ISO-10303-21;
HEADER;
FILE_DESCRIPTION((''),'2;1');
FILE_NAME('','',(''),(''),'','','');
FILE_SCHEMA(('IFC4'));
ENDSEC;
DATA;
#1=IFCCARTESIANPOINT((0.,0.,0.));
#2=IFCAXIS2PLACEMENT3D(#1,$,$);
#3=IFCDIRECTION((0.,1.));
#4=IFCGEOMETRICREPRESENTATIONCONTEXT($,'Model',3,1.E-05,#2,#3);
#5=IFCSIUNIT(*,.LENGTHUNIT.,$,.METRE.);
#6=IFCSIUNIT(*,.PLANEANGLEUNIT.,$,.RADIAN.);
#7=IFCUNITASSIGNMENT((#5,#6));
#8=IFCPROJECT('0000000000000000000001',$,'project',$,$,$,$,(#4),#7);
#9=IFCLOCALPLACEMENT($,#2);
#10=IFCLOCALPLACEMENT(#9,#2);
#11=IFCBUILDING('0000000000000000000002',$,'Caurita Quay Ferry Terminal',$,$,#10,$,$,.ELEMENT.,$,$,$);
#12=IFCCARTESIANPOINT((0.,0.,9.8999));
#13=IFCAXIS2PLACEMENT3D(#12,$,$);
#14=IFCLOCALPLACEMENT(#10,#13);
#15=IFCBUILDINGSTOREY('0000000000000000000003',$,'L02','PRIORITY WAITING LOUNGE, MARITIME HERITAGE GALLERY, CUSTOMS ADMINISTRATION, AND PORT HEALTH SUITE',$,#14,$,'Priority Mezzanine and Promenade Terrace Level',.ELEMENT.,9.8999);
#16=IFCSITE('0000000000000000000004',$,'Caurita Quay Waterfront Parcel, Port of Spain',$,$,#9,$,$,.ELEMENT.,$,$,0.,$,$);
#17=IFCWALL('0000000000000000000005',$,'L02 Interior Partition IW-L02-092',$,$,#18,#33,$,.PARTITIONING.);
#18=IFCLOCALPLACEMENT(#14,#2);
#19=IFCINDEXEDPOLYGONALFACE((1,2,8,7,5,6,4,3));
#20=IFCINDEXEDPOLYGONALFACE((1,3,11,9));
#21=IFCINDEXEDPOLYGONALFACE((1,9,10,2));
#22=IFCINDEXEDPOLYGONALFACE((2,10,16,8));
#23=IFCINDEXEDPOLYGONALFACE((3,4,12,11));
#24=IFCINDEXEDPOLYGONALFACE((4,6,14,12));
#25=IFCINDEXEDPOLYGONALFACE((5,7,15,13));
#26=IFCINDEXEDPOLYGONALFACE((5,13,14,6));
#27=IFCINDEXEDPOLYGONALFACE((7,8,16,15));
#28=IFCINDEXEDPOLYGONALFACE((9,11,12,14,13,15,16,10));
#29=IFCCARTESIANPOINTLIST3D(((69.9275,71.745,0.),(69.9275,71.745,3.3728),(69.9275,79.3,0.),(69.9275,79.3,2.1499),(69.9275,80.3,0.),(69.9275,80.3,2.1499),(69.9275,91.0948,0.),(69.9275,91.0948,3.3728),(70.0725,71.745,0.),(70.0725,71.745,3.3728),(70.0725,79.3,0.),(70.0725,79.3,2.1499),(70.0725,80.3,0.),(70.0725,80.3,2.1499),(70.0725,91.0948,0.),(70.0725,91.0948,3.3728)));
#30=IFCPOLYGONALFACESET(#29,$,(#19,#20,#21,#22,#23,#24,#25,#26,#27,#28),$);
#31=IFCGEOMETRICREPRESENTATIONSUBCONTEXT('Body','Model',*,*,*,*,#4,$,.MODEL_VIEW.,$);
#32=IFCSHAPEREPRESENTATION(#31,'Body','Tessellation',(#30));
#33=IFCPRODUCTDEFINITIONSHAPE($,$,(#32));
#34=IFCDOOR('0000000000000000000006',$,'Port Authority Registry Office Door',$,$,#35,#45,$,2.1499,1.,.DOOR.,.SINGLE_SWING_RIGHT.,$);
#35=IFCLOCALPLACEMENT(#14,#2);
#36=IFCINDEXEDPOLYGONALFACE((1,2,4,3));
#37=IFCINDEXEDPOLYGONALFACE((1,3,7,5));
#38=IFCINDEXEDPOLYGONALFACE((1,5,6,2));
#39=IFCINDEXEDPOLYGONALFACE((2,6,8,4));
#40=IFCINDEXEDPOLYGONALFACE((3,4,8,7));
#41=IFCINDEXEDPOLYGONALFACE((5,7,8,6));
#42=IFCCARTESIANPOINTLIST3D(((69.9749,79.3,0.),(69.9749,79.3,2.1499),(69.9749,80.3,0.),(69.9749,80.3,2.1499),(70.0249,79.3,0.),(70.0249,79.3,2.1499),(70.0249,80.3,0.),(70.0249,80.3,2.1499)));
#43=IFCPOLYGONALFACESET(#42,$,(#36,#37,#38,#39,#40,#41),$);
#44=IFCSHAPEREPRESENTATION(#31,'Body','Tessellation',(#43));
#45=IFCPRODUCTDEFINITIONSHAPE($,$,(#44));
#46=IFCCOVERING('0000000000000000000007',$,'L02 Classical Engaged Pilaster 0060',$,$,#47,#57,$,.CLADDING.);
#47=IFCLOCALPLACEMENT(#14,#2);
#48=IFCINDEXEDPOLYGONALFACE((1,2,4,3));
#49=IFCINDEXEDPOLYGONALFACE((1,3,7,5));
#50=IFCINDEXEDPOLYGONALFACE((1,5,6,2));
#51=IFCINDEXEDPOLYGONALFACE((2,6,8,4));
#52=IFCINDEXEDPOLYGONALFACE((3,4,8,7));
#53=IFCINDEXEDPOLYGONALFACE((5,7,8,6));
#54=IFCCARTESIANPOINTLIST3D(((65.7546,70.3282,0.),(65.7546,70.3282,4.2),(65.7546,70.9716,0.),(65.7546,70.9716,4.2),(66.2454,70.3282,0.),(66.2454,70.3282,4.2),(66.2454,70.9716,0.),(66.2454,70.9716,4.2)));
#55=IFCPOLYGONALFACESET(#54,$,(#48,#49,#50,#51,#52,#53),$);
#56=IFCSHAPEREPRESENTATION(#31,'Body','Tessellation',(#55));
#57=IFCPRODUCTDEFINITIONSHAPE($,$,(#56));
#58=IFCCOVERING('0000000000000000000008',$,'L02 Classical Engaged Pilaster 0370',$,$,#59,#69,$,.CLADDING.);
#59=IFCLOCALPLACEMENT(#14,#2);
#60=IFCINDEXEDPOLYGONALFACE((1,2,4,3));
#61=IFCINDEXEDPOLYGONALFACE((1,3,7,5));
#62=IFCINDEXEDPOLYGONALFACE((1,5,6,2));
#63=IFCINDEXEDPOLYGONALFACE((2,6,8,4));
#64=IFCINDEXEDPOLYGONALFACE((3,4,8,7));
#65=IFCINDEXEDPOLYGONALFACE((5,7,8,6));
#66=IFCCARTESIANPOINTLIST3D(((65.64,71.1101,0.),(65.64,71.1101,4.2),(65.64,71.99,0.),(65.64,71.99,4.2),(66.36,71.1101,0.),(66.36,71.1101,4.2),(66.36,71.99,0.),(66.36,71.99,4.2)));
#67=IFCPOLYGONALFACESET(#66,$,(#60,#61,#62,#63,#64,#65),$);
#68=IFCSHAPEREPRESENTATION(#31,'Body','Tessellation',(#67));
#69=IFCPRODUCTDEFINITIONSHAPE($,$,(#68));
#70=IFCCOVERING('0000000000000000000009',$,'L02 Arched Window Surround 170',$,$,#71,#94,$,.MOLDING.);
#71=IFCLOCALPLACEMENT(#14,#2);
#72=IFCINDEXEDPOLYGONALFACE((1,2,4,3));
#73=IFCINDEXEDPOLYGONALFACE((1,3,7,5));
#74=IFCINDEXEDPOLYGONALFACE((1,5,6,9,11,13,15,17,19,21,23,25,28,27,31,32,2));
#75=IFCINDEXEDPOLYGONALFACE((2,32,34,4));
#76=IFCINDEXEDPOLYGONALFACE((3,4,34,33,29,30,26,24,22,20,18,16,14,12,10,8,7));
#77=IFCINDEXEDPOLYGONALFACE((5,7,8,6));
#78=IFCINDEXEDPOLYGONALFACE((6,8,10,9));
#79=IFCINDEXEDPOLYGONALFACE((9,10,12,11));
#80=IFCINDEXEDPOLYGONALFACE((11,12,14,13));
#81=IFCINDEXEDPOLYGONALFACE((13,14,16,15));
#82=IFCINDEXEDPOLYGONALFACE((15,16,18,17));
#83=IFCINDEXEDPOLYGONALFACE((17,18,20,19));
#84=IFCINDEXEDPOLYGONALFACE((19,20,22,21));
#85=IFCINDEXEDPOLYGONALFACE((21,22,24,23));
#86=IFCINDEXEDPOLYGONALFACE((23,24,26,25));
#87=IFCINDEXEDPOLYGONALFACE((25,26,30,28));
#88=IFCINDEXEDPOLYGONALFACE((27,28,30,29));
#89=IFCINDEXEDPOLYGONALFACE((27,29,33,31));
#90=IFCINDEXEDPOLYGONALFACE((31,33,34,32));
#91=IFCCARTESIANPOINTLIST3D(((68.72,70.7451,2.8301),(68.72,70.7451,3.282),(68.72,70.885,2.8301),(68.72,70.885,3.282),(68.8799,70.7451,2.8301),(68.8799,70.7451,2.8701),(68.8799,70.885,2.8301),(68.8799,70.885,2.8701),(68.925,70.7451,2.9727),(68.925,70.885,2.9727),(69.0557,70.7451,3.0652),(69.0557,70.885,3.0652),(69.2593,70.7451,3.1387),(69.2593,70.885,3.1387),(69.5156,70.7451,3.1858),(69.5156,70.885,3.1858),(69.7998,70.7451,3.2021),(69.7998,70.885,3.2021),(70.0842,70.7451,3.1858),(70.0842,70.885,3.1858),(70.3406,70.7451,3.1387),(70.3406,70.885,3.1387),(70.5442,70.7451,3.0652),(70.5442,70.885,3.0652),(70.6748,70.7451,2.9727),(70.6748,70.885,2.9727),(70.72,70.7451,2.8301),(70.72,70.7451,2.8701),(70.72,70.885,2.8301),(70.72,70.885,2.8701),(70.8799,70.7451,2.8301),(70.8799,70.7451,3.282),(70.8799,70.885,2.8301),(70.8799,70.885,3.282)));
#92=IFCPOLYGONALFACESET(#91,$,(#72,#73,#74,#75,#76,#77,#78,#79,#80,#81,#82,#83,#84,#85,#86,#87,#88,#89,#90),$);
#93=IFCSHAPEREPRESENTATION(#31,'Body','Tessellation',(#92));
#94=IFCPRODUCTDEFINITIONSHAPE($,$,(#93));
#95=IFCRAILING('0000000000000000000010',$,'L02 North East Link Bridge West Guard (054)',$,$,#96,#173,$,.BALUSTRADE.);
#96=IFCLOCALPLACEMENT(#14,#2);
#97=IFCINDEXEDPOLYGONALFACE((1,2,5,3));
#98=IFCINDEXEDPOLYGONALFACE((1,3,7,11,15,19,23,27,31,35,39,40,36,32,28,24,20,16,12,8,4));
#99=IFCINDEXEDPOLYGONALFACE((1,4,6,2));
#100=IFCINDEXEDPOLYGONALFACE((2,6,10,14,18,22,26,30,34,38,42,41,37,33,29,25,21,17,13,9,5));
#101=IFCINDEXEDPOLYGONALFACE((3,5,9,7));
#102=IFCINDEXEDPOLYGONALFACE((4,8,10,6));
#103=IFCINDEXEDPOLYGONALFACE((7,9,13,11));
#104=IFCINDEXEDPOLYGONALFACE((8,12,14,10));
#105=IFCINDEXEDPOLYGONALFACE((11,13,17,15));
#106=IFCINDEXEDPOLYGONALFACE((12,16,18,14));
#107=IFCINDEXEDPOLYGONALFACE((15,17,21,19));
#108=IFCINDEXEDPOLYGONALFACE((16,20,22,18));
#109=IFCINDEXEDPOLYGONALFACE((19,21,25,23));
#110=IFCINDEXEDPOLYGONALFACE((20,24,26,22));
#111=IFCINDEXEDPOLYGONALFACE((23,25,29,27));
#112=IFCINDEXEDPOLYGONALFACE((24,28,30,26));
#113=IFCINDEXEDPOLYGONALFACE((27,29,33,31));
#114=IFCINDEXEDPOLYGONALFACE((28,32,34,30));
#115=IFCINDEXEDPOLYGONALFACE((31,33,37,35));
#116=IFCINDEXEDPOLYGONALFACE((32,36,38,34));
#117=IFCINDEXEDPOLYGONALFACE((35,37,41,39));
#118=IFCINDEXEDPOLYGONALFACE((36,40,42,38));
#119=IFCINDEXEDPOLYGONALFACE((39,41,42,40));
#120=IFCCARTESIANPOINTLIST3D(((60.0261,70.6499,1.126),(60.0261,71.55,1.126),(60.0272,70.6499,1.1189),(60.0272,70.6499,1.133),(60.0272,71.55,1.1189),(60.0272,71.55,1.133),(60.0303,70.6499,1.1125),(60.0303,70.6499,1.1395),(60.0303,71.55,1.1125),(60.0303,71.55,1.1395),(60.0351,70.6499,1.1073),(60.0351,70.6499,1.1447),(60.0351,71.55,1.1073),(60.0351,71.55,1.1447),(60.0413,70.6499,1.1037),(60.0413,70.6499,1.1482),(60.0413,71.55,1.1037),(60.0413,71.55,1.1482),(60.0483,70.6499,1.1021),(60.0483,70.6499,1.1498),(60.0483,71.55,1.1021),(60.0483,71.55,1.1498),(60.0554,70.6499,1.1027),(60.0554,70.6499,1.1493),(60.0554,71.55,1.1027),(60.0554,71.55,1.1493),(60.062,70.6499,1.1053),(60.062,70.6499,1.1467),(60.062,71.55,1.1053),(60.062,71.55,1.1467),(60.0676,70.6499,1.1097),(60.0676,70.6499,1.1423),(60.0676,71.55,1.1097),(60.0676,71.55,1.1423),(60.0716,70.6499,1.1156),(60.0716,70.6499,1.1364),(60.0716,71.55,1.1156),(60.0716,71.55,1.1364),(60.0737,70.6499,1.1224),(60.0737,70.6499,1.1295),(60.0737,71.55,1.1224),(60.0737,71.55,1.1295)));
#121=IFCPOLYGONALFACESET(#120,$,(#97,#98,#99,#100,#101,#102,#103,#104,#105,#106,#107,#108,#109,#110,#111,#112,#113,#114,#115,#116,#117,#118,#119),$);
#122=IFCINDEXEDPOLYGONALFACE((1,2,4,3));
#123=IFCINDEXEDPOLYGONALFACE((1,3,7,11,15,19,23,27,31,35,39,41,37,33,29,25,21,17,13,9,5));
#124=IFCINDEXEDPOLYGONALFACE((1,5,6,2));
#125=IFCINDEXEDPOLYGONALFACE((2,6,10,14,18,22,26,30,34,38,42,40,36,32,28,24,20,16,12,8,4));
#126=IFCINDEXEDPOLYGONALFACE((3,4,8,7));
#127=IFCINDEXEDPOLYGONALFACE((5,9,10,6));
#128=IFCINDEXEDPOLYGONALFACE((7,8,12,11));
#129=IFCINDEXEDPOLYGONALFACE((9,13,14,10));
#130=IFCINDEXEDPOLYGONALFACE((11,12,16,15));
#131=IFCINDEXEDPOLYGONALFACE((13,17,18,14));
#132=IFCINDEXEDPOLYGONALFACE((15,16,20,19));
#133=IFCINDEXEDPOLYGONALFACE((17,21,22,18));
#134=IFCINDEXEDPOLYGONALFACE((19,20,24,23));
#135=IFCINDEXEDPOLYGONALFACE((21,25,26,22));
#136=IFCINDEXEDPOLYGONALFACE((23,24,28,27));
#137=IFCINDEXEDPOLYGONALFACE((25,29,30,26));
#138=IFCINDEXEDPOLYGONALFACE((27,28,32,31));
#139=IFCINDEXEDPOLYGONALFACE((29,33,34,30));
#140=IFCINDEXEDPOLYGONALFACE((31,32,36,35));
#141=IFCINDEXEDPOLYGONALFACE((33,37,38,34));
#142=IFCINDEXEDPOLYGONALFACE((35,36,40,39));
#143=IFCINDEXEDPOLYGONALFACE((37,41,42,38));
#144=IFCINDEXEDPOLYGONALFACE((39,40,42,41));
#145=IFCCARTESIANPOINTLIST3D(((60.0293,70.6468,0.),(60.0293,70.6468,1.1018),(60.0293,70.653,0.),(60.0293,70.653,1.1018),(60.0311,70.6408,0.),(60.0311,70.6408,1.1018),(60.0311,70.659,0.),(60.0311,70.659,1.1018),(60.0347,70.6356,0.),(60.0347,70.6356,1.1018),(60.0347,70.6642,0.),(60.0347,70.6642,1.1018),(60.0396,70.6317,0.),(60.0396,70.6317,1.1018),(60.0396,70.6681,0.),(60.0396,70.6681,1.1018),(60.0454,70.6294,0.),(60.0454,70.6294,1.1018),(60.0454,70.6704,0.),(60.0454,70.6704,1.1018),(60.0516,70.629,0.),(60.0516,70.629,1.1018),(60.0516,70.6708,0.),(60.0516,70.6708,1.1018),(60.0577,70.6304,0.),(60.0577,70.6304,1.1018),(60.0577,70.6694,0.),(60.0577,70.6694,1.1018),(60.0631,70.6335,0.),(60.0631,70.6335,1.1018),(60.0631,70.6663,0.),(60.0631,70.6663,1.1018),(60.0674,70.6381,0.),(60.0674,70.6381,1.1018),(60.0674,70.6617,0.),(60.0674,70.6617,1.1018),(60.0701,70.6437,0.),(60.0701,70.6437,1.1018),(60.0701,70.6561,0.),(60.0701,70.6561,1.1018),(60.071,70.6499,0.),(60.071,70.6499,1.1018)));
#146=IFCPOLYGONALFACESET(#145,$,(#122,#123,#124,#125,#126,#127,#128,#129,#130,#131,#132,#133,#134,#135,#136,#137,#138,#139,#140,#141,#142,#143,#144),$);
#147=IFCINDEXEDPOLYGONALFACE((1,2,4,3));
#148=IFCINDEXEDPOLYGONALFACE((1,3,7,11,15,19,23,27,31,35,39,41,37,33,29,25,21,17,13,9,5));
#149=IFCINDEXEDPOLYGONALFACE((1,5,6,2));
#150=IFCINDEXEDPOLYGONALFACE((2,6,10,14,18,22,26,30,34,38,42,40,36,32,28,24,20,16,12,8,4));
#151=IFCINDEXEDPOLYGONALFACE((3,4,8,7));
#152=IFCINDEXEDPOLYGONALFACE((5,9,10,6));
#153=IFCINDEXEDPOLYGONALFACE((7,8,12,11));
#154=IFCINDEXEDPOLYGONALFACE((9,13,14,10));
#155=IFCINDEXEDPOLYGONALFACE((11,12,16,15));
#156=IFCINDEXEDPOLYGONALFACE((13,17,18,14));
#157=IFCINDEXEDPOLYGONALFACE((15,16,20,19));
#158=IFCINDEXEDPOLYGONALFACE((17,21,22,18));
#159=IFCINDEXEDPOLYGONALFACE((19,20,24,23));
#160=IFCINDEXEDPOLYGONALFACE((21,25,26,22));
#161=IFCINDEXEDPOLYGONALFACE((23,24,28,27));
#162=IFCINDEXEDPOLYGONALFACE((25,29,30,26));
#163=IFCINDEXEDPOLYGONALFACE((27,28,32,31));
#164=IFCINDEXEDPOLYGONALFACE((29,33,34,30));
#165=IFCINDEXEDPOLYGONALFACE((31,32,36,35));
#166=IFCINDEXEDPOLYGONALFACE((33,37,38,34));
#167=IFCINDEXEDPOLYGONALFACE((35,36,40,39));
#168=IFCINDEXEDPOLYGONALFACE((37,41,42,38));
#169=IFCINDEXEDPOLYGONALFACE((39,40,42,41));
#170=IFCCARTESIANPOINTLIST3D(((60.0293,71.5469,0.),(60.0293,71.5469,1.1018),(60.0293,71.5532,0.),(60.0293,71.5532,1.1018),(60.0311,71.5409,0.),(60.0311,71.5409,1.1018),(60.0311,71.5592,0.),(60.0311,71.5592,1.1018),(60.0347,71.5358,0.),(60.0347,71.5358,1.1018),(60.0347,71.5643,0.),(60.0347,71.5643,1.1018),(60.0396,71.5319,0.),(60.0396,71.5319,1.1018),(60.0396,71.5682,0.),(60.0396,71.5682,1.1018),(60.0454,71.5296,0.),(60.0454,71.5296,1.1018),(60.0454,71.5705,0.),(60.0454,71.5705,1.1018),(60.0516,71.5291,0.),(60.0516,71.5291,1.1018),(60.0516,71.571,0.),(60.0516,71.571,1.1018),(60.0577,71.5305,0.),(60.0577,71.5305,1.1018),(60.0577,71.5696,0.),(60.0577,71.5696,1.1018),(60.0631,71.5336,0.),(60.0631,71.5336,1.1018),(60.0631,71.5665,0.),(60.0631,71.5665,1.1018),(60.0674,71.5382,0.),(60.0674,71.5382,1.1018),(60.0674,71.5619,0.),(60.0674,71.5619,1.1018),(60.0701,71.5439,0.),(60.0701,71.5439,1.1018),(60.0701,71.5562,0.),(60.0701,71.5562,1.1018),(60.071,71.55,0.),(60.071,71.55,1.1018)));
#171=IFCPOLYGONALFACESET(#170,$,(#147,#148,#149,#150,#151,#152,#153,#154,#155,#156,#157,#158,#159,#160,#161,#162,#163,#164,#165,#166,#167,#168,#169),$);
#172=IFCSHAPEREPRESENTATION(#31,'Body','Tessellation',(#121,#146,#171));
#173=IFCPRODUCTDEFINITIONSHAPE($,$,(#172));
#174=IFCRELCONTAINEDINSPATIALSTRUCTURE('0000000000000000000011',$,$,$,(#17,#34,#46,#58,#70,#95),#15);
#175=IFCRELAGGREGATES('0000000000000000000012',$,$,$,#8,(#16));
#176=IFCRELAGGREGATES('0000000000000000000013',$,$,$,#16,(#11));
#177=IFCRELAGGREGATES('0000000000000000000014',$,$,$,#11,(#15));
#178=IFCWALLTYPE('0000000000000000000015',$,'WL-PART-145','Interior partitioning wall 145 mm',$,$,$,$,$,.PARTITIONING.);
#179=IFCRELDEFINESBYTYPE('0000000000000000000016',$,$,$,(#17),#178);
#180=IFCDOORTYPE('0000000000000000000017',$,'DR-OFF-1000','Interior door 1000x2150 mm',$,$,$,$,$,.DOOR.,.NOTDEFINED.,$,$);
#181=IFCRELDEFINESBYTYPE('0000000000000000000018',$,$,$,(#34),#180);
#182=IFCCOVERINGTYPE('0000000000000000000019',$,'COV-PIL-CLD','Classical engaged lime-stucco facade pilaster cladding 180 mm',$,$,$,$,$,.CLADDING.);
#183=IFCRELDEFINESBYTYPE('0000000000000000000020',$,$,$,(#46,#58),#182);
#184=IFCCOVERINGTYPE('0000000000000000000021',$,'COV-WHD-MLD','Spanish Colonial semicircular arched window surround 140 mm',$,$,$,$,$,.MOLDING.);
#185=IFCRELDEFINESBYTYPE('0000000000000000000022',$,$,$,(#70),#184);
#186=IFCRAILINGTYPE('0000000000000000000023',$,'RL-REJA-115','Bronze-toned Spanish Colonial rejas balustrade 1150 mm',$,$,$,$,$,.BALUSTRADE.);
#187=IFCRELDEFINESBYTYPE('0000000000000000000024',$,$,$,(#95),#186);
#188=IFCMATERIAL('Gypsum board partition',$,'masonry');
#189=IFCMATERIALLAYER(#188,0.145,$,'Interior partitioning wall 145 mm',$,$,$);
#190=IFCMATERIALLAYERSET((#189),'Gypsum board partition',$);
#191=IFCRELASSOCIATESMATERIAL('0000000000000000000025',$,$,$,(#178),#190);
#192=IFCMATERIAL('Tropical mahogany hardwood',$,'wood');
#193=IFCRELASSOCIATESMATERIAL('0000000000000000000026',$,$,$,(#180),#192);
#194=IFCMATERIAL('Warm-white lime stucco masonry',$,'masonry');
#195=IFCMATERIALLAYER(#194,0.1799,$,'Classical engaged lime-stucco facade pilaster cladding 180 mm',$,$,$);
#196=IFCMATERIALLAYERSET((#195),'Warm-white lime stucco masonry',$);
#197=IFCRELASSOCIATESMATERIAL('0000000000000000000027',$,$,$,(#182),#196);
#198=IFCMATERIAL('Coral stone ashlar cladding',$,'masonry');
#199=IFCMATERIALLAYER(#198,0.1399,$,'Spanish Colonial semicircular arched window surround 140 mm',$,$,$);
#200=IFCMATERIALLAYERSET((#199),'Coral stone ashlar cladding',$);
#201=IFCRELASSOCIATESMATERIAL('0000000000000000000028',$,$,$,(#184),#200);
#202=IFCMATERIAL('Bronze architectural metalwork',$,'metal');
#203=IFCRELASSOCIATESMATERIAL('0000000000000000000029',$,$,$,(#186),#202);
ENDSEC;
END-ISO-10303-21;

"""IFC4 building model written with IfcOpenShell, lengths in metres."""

from ifc_helpers import new_model, si_unit, direction, frame, frame_2d, origin, origin_2d, place, context, subcontext, project, spatial, polyline, rectangle, circle, outline, extrude, material, layer, layer_set, type_object, element, fill, save


model = new_model("IFC4")

# Units and contexts
model_context = context("Model", 3, precision=1e-05, world=origin(), true_north=direction((0.0, 1.0)))
body_context = subcontext(model_context, "Body", "Model", "MODEL_VIEW")
ifc_project = project(units=[si_unit("LENGTHUNIT", "METRE"), si_unit("PLANEANGLEUNIT", "RADIAN")], contexts=[model_context])

# Site, building, storey
site_placement = place(None, origin())
site = spatial("IfcSite", under=ifc_project, at=site_placement, Name="Caurita Quay Waterfront Parcel, Port of Spain", CompositionType="ELEMENT", RefElevation=0.0)
building_placement = place(site_placement, origin())
building = spatial("IfcBuilding", under=site, at=building_placement, Name="Caurita Quay Ferry Terminal", CompositionType="ELEMENT")
storey_placement = place(building_placement, frame((0.0, 0.0, 9.8999)))
storey = spatial("IfcBuildingStorey", under=building, at=storey_placement, Name="L02", Description="PRIORITY WAITING LOUNGE, MARITIME HERITAGE GALLERY, CUSTOMS ADMINISTRATION, AND PORT HEALTH SUITE", LongName="Priority Mezzanine and Promenade Terrace Level", CompositionType="ELEMENT", Elevation=9.8999)

# Shared definitions
ifc_material_1 = material(Name="Warm-white lime stucco masonry", Category="masonry")

# Shared definitions
ifc_material_2 = material(Name="Gypsum board partition", Category="masonry")

# Wall, opening, door
ifc_layer_1 = layer(ifc_material_2, 0.145, Name="Interior partitioning wall 145 mm")
ifc_layer_set_1 = layer_set([ifc_layer_1], Name="Gypsum board partition")
wall_type_1 = type_object("IfcWallType", Name="WL-PART-145", Description="Interior partitioning wall 145 mm", PredefinedType="PARTITIONING", material=ifc_layer_set_1)
wall_1_placement = place(storey_placement, frame((70.0, 71.7451, 0.0), z_axis=(0.0, 0.0, 1.0), x_axis=(0.0, 1.0, 0.0)))
wall_1 = element("IfcWall", 1, at=wall_1_placement, inside=storey, type_object=wall_type_1, Name="L02 Interior Partition IW-L02-092", PredefinedType="PARTITIONING", context=body_context, shape_type="SweptSolid", body=[
    extrude(rectangle(XDim=19.3499, YDim=0.145, at=frame_2d((9.6748, 0.0))), origin(), (0.0, 0.0, 1.0), 3.3728),
])
opening_1_placement = place(wall_1_placement, frame((7.5549, 0.0, 0.0)))
opening_1 = element("IfcOpeningElement", 2, at=opening_1_placement, cuts=wall_1, PredefinedType="OPENING", context=body_context, shape_type="SweptSolid", body=[
    extrude(rectangle(XDim=1.0, YDim=2.1499, at=frame_2d((0.5, 1.075))), frame((0.0, 0.0825, 0.0), z_axis=(0.0, -1.0, 0.0), x_axis=(1.0, 0.0, 0.0)), (0.0, 0.0, 1.0), 0.165),
])
ifc_material_3 = material(Name="Tropical mahogany hardwood", Category="wood")
door_type = type_object("IfcDoorType", Name="DR-OFF-1000", Description="Interior door 1000x2150 mm", OperationType="NOTDEFINED", PredefinedType="DOOR", material=ifc_material_3)
door_placement = place(opening_1_placement, frame((1.0, 0.0, 0.0), z_axis=(0.0, 0.0, 1.0), x_axis=(-1.0, 0.0, 0.0)))
door = element("IfcDoor", 3, at=door_placement, inside=storey, type_object=door_type, Name="Port Authority Registry Office Door", OperationType="SINGLE_SWING_RIGHT", OverallHeight=2.1499, OverallWidth=1.0, PredefinedType="DOOR", context=body_context, shape_type="SweptSolid", body=[
    extrude(rectangle(XDim=1.0, YDim=2.1499, at=frame_2d((0.5, 1.075))), frame((0.0, 0.0249, 0.0), z_axis=(0.0, -1.0, 0.0), x_axis=(1.0, 0.0, 0.0)), (0.0, 0.0, 1.0), 0.05),
])
fill(opening_1, door)

# Coverings
ifc_layer_2 = layer(ifc_material_1, 0.1799, Name="Classical engaged lime-stucco facade pilaster cladding 180 mm")
ifc_layer_set_2 = layer_set([ifc_layer_2], Name="Warm-white lime stucco masonry")
covering_type_1 = type_object("IfcCoveringType", Name="COV-PIL-CLD", Description="Classical engaged lime-stucco facade pilaster cladding 180 mm", PredefinedType="CLADDING", material=ifc_layer_set_2)
covering_1_placement = place(storey_placement, frame((66.0, 70.6499, 0.0), z_axis=(0.0, 0.0, 1.0), x_axis=(1.0, 0.0, 0.0)))
element("IfcCovering", 4, at=covering_1_placement, inside=storey, type_object=covering_type_1, Name="L02 Classical Engaged Pilaster 0060", PredefinedType="CLADDING", context=body_context, shape_type="SweptSolid", body=[
    extrude(rectangle(XDim=0.4907, YDim=0.6433, at=origin_2d()), origin(), (0.0, 0.0, 1.0), 4.2),
])
covering_2_placement = place(storey_placement, frame((66.0, 71.55, 0.0), z_axis=(0.0, 0.0, 1.0), x_axis=(1.0, 0.0, 0.0)))
element("IfcCovering", 5, at=covering_2_placement, inside=storey, type_object=covering_type_1, Name="L02 Classical Engaged Pilaster 0370", PredefinedType="CLADDING", context=body_context, shape_type="SweptSolid", body=[
    extrude(rectangle(XDim=0.72, YDim=0.8799, at=origin_2d()), origin(), (0.0, 0.0, 1.0), 4.2),
])
ifc_material_4 = material(Name="Coral stone ashlar cladding", Category="masonry")
ifc_layer_3 = layer(ifc_material_4, 0.1399, Name="Spanish Colonial semicircular arched window surround 140 mm")
ifc_layer_set_3 = layer_set([ifc_layer_3], Name="Coral stone ashlar cladding")
covering_type_2 = type_object("IfcCoveringType", Name="COV-WHD-MLD", Description="Spanish Colonial semicircular arched window surround 140 mm", PredefinedType="MOLDING", material=ifc_layer_set_3)
covering_3_placement = place(storey_placement, frame((70.8799, 70.8149, 2.8301), z_axis=(0.0, 0.0, 1.0), x_axis=(-1.0, 0.0, 0.0)))
element("IfcCovering", 6, at=covering_3_placement, inside=storey, type_object=covering_type_2, Name="L02 Arched Window Surround 170", PredefinedType="MOLDING", context=body_context, shape_type="SweptSolid", body=[
    extrude(outline(polyline([(0.0, 0.0), (0.1599, 0.0), (0.1599, 0.04), (0.2051, 0.1426), (0.3357, 0.2351), (0.5393, 0.3086), (0.7957, 0.3557), (1.0801, 0.3721), (1.3643, 0.3557), (1.6206, 0.3086), (1.8242, 0.2351), (1.9548, 0.1426), (2.0, 0.04), (2.0, 0.0), (2.1599, 0.0), (2.1599, 0.4519), (0.0, 0.4519), (0.0, 0.0)])), frame((0.0, 0.0698, 0.0), z_axis=(0.0, -1.0, 0.0), x_axis=(1.0, 0.0, 0.0)), (0.0, 0.0, 1.0), 0.1399),
])

# Railing
ifc_material_5 = material(Name="Bronze architectural metalwork", Category="metal")
railing_type = type_object("IfcRailingType", Name="RL-REJA-115", Description="Bronze-toned Spanish Colonial rejas balustrade 1150 mm", PredefinedType="BALUSTRADE", material=ifc_material_5)
railing_1_placement = place(storey_placement, frame((60.05, 70.6499, 0.0)))
element("IfcRailing", 7, at=railing_1_placement, inside=storey, type_object=railing_type, Name="L02 North East Link Bridge West Guard (054)", PredefinedType="BALUSTRADE", context=body_context, shape_type="SweptSolid", body=[
    extrude(circle(Radius=0.0239, at=origin_2d()), frame((0.0, 0.0, 1.126), z_axis=(0.0, 1.0, 0.0), x_axis=(-1.0, 0.0, 0.0)), (0.0, 0.0, 1.0), 0.9001),
    extrude(circle(Radius=0.021, at=origin_2d()), origin(), (0.0, 0.0, 1.0), 1.1018),
    extrude(circle(Radius=0.021, at=origin_2d()), frame((0.0, 0.9001, 0.0)), (0.0, 0.0, 1.0), 1.1018),
])

save(model, "model.ifc")
